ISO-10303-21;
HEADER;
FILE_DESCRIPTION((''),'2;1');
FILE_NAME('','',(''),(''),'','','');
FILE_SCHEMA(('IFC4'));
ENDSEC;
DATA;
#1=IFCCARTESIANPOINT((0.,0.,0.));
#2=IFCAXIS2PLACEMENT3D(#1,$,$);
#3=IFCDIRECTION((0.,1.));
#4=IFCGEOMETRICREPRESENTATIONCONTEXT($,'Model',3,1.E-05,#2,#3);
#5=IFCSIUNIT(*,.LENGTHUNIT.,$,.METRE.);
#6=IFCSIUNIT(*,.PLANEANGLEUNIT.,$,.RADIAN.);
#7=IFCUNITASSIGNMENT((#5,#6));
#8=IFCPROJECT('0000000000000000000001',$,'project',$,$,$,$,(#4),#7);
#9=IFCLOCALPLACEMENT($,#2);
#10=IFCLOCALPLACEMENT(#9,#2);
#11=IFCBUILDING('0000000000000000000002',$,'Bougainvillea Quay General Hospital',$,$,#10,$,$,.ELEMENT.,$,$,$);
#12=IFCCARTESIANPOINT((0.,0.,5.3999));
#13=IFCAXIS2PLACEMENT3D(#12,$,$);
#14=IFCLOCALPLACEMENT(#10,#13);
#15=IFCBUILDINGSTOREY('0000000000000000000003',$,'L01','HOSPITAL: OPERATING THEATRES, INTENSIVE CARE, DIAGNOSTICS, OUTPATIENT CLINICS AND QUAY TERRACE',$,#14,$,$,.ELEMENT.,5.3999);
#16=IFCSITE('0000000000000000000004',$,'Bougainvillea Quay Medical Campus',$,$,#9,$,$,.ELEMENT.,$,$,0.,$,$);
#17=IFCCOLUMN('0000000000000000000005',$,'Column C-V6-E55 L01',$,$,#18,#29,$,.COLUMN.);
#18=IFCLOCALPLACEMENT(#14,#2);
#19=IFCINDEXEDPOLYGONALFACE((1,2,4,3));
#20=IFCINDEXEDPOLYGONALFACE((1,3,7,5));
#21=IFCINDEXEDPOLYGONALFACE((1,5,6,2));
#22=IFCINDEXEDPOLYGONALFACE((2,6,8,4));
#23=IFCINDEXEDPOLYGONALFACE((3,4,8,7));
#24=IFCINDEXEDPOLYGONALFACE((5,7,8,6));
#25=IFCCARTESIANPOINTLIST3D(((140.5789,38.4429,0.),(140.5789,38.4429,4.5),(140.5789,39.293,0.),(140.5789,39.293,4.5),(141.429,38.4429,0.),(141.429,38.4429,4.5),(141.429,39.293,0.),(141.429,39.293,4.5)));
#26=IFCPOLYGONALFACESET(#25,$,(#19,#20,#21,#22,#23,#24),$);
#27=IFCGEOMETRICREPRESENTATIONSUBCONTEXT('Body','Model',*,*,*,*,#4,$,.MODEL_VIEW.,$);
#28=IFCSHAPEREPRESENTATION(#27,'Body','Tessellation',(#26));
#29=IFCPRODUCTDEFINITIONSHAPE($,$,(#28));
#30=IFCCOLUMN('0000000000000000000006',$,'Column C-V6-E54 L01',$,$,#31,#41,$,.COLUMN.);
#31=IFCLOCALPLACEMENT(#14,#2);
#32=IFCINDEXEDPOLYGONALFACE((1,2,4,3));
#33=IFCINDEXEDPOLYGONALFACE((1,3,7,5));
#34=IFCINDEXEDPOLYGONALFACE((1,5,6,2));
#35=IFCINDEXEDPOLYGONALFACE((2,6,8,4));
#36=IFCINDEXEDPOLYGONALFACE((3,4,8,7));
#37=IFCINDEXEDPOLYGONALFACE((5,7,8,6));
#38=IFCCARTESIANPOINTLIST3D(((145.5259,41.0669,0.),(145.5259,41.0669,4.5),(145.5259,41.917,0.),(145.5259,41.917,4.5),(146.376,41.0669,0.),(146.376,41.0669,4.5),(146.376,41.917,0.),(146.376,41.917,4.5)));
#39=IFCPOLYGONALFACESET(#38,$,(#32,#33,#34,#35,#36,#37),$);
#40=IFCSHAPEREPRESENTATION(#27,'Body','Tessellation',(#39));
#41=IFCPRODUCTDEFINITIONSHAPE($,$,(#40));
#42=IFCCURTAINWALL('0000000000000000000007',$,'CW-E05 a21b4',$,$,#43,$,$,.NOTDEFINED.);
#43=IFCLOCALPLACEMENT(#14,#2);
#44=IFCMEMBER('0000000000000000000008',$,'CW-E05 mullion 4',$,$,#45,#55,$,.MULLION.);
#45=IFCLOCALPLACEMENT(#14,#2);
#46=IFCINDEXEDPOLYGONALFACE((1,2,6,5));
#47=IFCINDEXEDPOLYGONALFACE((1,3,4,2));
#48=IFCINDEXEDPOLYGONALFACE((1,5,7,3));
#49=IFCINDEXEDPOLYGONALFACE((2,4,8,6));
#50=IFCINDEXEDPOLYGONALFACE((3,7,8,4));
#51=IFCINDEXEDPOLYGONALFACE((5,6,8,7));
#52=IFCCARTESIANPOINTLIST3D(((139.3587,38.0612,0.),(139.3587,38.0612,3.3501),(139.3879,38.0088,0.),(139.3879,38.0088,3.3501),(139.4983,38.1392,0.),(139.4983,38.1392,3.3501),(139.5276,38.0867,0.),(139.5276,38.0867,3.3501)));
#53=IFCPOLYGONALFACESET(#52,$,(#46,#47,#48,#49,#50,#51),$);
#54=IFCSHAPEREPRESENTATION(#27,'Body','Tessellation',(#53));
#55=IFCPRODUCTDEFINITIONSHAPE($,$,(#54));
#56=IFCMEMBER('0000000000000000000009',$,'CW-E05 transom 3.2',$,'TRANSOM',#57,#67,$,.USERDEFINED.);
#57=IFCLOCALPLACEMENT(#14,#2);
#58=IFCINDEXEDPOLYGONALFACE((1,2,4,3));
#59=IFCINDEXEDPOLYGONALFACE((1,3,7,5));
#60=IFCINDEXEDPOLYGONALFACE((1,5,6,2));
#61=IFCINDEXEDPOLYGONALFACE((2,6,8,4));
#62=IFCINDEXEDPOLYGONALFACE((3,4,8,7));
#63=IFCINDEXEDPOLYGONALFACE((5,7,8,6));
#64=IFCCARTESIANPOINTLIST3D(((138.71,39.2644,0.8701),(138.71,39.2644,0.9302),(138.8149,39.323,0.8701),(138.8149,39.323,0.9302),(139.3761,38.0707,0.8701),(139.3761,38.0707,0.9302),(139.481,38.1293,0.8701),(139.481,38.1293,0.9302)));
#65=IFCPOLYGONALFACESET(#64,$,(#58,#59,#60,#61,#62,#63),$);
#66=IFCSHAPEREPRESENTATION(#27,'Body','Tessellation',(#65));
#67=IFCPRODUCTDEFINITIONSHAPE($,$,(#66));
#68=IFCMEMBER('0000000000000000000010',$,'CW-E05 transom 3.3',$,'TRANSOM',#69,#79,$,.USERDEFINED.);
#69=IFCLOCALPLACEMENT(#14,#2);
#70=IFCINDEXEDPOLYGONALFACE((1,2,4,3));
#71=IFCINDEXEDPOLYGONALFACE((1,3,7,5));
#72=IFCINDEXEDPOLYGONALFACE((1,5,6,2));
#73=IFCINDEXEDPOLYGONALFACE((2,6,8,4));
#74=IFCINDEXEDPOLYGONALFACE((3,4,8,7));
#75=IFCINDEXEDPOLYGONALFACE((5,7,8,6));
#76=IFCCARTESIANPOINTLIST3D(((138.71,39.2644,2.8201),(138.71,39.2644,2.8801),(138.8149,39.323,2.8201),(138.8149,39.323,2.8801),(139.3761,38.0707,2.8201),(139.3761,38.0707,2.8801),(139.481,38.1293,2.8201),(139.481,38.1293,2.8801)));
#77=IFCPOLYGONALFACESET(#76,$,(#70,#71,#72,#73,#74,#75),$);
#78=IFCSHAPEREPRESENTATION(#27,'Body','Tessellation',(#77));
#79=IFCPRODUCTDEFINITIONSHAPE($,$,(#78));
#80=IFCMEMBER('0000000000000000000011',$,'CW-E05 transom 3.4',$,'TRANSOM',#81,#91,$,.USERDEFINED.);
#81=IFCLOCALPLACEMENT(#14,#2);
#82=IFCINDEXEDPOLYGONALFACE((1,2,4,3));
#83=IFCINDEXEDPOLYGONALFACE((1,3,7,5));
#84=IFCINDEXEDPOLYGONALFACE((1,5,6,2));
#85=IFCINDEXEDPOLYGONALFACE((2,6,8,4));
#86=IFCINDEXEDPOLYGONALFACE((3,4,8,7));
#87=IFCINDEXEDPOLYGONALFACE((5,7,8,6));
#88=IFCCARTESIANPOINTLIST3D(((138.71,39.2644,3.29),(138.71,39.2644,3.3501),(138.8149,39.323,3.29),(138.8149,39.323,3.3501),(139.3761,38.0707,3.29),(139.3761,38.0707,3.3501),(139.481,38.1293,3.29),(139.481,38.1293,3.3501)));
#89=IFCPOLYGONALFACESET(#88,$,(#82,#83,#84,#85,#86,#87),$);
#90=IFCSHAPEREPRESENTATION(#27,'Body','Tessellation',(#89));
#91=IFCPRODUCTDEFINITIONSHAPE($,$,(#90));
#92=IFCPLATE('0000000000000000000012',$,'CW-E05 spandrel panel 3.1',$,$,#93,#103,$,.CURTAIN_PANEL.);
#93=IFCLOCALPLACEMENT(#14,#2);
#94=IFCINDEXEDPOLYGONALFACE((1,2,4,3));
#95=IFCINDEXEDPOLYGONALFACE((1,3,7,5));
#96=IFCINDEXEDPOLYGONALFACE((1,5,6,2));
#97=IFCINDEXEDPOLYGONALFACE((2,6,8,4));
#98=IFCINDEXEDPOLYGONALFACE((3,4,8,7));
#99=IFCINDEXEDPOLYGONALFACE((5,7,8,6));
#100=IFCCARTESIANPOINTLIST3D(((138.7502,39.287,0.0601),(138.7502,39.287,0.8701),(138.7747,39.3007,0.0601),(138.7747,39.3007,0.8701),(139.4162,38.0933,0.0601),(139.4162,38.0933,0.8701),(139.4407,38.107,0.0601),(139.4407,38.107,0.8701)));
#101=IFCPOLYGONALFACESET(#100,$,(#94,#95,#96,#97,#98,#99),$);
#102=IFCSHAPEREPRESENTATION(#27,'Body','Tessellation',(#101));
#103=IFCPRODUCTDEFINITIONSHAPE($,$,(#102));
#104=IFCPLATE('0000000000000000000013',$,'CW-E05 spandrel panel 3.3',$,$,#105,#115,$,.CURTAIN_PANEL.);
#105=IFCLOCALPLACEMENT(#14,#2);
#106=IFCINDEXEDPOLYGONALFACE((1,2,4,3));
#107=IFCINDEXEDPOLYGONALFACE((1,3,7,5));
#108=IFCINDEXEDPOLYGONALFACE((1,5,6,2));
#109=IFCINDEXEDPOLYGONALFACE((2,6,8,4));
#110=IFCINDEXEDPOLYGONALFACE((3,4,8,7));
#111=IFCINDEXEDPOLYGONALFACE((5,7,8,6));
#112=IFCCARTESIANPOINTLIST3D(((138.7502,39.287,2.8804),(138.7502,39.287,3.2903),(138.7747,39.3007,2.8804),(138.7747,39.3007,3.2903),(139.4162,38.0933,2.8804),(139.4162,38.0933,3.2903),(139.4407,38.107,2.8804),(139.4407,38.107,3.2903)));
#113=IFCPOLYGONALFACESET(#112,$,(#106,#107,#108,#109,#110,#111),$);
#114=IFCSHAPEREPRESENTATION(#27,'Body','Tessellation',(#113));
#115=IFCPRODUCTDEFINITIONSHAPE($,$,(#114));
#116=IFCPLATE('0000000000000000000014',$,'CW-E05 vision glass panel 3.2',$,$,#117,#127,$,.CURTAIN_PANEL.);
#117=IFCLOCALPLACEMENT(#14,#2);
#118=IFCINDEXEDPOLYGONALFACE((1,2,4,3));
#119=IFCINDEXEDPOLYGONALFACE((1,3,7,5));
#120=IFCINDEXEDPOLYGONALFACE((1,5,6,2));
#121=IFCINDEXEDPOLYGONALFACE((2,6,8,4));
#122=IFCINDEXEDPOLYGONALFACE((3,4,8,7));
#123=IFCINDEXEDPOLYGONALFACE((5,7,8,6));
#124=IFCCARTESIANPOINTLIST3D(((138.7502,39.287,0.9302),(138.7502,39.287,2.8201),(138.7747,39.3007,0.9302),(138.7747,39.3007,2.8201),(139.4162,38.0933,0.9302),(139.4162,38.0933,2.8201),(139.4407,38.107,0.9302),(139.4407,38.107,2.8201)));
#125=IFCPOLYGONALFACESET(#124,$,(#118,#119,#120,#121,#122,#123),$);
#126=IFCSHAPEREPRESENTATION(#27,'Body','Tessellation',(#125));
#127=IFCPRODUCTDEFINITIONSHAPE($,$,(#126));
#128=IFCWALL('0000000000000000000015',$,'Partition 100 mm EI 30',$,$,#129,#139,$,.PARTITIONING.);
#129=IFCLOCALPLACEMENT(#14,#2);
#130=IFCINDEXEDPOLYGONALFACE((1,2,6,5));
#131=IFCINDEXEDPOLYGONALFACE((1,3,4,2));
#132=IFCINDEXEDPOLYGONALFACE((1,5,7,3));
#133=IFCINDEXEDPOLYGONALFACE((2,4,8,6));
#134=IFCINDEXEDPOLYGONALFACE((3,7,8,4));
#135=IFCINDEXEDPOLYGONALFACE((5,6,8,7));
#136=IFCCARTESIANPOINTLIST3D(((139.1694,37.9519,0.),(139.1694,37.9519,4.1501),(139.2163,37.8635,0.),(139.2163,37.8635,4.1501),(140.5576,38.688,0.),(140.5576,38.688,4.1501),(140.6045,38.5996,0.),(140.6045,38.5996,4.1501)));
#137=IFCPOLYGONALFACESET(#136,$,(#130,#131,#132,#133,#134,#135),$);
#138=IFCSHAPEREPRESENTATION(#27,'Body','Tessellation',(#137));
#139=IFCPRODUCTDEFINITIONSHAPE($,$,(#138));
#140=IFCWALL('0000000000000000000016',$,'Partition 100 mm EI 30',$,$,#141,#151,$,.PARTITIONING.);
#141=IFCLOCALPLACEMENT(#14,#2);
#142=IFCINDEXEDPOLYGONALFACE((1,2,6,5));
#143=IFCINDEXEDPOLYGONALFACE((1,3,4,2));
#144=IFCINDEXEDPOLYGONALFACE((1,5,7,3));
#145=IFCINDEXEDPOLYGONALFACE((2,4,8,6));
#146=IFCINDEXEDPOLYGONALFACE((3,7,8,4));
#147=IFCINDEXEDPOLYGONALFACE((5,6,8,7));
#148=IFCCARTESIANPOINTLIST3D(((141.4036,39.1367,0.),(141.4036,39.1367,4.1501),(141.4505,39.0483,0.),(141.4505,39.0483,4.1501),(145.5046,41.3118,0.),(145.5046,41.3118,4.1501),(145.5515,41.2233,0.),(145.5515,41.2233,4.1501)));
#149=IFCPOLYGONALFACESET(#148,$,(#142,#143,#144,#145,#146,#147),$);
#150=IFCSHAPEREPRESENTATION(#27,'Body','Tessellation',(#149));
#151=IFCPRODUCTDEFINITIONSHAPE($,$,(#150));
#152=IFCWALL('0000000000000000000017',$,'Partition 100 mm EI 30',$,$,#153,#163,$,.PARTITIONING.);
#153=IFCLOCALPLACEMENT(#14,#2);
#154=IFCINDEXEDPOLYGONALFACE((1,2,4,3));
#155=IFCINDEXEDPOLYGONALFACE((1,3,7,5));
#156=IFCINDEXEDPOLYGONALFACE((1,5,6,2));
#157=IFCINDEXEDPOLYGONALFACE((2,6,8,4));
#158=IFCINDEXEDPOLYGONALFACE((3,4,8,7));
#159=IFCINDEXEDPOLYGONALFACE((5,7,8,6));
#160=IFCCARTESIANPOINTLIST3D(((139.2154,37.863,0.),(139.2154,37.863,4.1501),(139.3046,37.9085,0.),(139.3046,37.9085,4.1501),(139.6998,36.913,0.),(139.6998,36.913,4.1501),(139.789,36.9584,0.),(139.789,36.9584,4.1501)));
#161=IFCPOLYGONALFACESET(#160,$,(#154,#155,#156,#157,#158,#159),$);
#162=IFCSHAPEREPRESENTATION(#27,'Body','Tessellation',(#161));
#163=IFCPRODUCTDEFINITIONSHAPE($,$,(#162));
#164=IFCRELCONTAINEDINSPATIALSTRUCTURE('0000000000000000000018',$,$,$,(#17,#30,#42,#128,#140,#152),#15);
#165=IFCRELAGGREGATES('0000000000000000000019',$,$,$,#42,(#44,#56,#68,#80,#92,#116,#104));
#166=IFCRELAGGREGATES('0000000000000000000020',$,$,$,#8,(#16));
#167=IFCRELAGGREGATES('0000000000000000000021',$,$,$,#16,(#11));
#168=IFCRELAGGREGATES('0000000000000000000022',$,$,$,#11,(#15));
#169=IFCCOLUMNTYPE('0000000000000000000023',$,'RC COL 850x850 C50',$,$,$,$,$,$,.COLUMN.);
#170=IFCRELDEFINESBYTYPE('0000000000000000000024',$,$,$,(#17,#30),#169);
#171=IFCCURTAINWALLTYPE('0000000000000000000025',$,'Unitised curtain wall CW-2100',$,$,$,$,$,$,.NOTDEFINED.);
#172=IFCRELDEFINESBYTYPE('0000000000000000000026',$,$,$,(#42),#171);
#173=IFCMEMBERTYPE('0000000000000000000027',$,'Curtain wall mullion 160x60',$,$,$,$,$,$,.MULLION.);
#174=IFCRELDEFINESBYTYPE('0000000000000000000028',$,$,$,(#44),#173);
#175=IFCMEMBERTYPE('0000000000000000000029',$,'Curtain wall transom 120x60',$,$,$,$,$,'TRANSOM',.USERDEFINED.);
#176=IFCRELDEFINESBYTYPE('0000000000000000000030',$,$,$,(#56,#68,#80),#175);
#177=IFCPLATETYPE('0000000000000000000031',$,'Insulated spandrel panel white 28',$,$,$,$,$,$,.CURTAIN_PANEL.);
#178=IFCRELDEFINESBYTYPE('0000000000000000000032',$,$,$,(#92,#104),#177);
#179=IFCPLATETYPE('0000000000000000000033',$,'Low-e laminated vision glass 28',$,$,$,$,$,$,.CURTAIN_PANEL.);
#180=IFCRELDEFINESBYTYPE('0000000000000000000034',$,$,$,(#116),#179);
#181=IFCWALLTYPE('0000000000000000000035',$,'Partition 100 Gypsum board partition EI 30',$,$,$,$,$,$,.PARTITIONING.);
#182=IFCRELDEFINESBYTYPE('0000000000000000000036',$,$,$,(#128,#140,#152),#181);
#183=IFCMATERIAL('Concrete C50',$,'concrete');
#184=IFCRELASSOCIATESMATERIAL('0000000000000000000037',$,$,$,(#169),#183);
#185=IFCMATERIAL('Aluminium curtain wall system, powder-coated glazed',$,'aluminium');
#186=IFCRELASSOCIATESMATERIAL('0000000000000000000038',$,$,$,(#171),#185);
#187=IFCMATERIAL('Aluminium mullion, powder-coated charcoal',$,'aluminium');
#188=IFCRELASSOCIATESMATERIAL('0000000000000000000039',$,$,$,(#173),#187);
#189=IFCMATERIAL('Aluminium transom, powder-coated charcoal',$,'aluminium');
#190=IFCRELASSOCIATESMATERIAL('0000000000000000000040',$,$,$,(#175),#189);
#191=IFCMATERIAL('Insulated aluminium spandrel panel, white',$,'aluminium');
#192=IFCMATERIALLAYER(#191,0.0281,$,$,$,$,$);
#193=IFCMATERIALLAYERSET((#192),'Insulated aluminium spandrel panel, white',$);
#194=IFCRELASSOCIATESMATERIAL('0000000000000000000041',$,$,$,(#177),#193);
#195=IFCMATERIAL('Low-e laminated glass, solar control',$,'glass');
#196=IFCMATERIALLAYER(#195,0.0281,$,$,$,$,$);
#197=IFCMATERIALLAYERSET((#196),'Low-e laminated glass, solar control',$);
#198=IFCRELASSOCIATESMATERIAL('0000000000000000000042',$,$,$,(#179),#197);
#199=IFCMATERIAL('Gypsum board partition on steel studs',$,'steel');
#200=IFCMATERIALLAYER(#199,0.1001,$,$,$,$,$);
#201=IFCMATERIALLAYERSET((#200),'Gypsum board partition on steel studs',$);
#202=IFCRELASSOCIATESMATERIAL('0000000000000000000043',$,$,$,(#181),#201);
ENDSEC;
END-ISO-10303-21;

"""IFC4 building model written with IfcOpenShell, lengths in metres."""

from ifc_helpers import new_model, si_unit, direction, frame, frame_2d, origin, origin_2d, place, context, subcontext, project, spatial, rectangle, extrude, material, layer, layer_set, material_profile, profile_set, type_object, element, aggregate, save


model = new_model("IFC4")

# Units and contexts
model_context = context("Model", 3, precision=1e-05, world=origin(), true_north=direction((0.0, 1.0)))
body_context = subcontext(model_context, "Body", "Model", "MODEL_VIEW")
ifc_project = project(units=[si_unit("LENGTHUNIT", "METRE"), si_unit("PLANEANGLEUNIT", "RADIAN")], contexts=[model_context])

# Site, building, storey
site_placement = place(None, origin())
site = spatial("IfcSite", under=ifc_project, at=site_placement, Name="Bougainvillea Quay Medical Campus", CompositionType="ELEMENT", RefElevation=0.0)
building_placement = place(site_placement, origin())
building = spatial("IfcBuilding", under=site, at=building_placement, Name="Bougainvillea Quay General Hospital", CompositionType="ELEMENT")
storey_placement = place(building_placement, frame((0.0, 0.0, 5.3999)))
storey = spatial("IfcBuildingStorey", under=building, at=storey_placement, Name="L01", Description="HOSPITAL: OPERATING THEATRES, INTENSIVE CARE, DIAGNOSTICS, OUTPATIENT CLINICS AND QUAY TERRACE", CompositionType="ELEMENT", Elevation=5.3999)

# Columns
ifc_material_1 = material(Name="Concrete C50", Category="concrete")
ifc_material_profile_1 = material_profile(ifc_material_1, rectangle(XDim=0.8501, YDim=0.8501, at=origin_2d()))
ifc_profile_set_1 = profile_set([ifc_material_profile_1], Name="Concrete C50")
column_type = type_object("IfcColumnType", Name="RC COL 850x850 C50", PredefinedType="COLUMN", material=ifc_profile_set_1)
for number, where, z_axis, x_axis, name in (
    (1, (141.0039, 38.8679, 0.0), (0.0, 0.0, 1.0), (1.0, 0.0, 0.0), "Column C-V6-E55 L01"),
    (2, (145.9509, 41.4919, 0.0), (0.0, 0.0, 1.0), (1.0, 0.0, 0.0), "Column C-V6-E54 L01"),
):
    element("IfcColumn", number, at=place(storey_placement, frame(where, z_axis=z_axis, x_axis=x_axis)), inside=storey, type_object=column_type, Name=name, PredefinedType="COLUMN", context=body_context, shape_type="SweptSolid", body=[
        extrude(rectangle(XDim=0.8501, YDim=0.8501, at=origin_2d()), origin(), (0.0, 0.0, 1.0), 4.5),
    ])

# Curtain wall, members, plates
ifc_material_2 = material(Name="Aluminium curtain wall system, powder-coated glazed", Category="aluminium")
curtain_wall_type = type_object("IfcCurtainWallType", Name="Unitised curtain wall CW-2100", PredefinedType="NOTDEFINED", material=ifc_material_2)
curtain_wall_placement = place(storey_placement, origin())
curtain_wall = element("IfcCurtainWall", 3, at=curtain_wall_placement, inside=storey, type_object=curtain_wall_type, Name="CW-E05 a21b4", PredefinedType="NOTDEFINED")
ifc_material_3 = material(Name="Aluminium mullion, powder-coated charcoal", Category="aluminium")
ifc_material_profile_2 = material_profile(ifc_material_3, rectangle(XDim=0.1599, YDim=0.0601, at=origin_2d()))
ifc_profile_set_2 = profile_set([ifc_material_profile_2], Name="Aluminium mullion, powder-coated charcoal")
member_type_1 = type_object("IfcMemberType", Name="Curtain wall mullion 160x60", PredefinedType="MULLION", material=ifc_profile_set_2)
member_1_placement = place(storey_placement, frame((139.4431, 38.074, 0.0), z_axis=(0.0, 0.0, 1.0), x_axis=(0.873274, 0.48723, 0.0)))
member_1 = element("IfcMember", 4, at=member_1_placement, type_object=member_type_1, Name="CW-E05 mullion 4", PredefinedType="MULLION", context=body_context, shape_type="SweptSolid", body=[
    extrude(rectangle(XDim=0.1599, YDim=0.0601, at=origin_2d()), origin(), (0.0, 0.0, 1.0), 3.3501),
])
ifc_material_4 = material(Name="Aluminium transom, powder-coated charcoal", Category="aluminium")
ifc_material_profile_3 = material_profile(ifc_material_4, rectangle(XDim=0.1201, YDim=0.0601, at=origin_2d()))
ifc_profile_set_3 = profile_set([ifc_material_profile_3], Name="Aluminium transom, powder-coated charcoal")
member_type_2 = type_object("IfcMemberType", Name="Curtain wall transom 120x60", ElementType="TRANSOM", PredefinedType="USERDEFINED", material=ifc_profile_set_3)
member_2_placement = place(storey_placement, frame((138.7625, 39.2937, 0.9001), z_axis=(0.487265, -0.873254, 0.0), x_axis=(0.873254, 0.487265, 0.0)))
member_2 = element("IfcMember", 5, at=member_2_placement, type_object=member_type_2, Name="CW-E05 transom 3.2", ObjectType="TRANSOM", PredefinedType="USERDEFINED", context=body_context, shape_type="SweptSolid", body=[
    extrude(rectangle(XDim=0.1201, YDim=0.0601, at=origin_2d()), origin(), (0.0, 0.0, 1.0), 1.3669),
])
member_3_placement = place(storey_placement, frame((138.7625, 39.2937, 2.8501), z_axis=(0.487265, -0.873254, 0.0), x_axis=(0.873254, 0.487265, 0.0)))
member_3 = element("IfcMember", 6, at=member_3_placement, type_object=member_type_2, Name="CW-E05 transom 3.3", ObjectType="TRANSOM", PredefinedType="USERDEFINED", context=body_context, shape_type="SweptSolid", body=[
    extrude(rectangle(XDim=0.1201, YDim=0.0601, at=origin_2d()), origin(), (0.0, 0.0, 1.0), 1.3669),
])
member_4_placement = place(storey_placement, frame((138.7625, 39.2937, 3.3201), z_axis=(0.487265, -0.873254, 0.0), x_axis=(0.873254, 0.487265, 0.0)))
member_4 = element("IfcMember", 7, at=member_4_placement, type_object=member_type_2, Name="CW-E05 transom 3.4", ObjectType="TRANSOM", PredefinedType="USERDEFINED", context=body_context, shape_type="SweptSolid", body=[
    extrude(rectangle(XDim=0.1201, YDim=0.0601, at=origin_2d()), origin(), (0.0, 0.0, 1.0), 1.3669),
])
ifc_material_5 = material(Name="Insulated aluminium spandrel panel, white", Category="aluminium")
ifc_layer_1 = layer(ifc_material_5, 0.0281)
ifc_layer_set_1 = layer_set([ifc_layer_1], Name="Insulated aluminium spandrel panel, white")
plate_type_1 = type_object("IfcPlateType", Name="Insulated spandrel panel white 28", PredefinedType="CURTAIN_PANEL", material=ifc_layer_set_1)
plate_1_placement = place(storey_placement, frame((139.0955, 38.697, 0.0601), z_axis=(0.0, 0.0, 1.0), x_axis=(0.48723, -0.873274, 0.0)))
plate_1 = element("IfcPlate", 8, at=plate_1_placement, type_object=plate_type_1, Name="CW-E05 spandrel panel 3.1", PredefinedType="CURTAIN_PANEL", context=body_context, shape_type="SweptSolid", body=[
    extrude(rectangle(XDim=1.3669, YDim=0.0281, at=origin_2d()), origin(), (0.0, 0.0, 1.0), 0.8101),
])
plate_2_placement = place(storey_placement, frame((139.0955, 38.697, 2.8804), z_axis=(0.0, 0.0, 1.0), x_axis=(0.48723, -0.873274, 0.0)))
plate_2 = element("IfcPlate", 9, at=plate_2_placement, type_object=plate_type_1, Name="CW-E05 spandrel panel 3.3", PredefinedType="CURTAIN_PANEL", context=body_context, shape_type="SweptSolid", body=[
    extrude(rectangle(XDim=1.3669, YDim=0.0281, at=origin_2d()), origin(), (0.0, 0.0, 1.0), 0.4099),
])
ifc_material_6 = material(Name="Low-e laminated glass, solar control", Category="glass")
ifc_layer_2 = layer(ifc_material_6, 0.0281)
ifc_layer_set_2 = layer_set([ifc_layer_2], Name="Low-e laminated glass, solar control")
plate_type_2 = type_object("IfcPlateType", Name="Low-e laminated vision glass 28", PredefinedType="CURTAIN_PANEL", material=ifc_layer_set_2)
plate_3_placement = place(storey_placement, frame((139.0955, 38.697, 0.9302), z_axis=(0.0, 0.0, 1.0), x_axis=(0.48723, -0.873274, 0.0)))
plate_3 = element("IfcPlate", 10, at=plate_3_placement, type_object=plate_type_2, Name="CW-E05 vision glass panel 3.2", PredefinedType="CURTAIN_PANEL", context=body_context, shape_type="SweptSolid", body=[
    extrude(rectangle(XDim=1.3669, YDim=0.0281, at=origin_2d()), origin(), (0.0, 0.0, 1.0), 1.8899),
])
aggregate(curtain_wall, [member_1, member_2, member_3, member_4, plate_1, plate_3, plate_2])

# Walls
ifc_material_7 = material(Name="Gypsum board partition on steel studs", Category="steel")
ifc_layer_3 = layer(ifc_material_7, 0.1001)
ifc_layer_set_3 = layer_set([ifc_layer_3], Name="Gypsum board partition on steel studs")
wall_type_1 = type_object("IfcWallType", Name="Partition 100 Gypsum board partition EI 30", PredefinedType="PARTITIONING", material=ifc_layer_set_3)
wall_1_placement = place(storey_placement, frame((139.1929, 37.9077, 0.0), z_axis=(0.0, 0.0, 1.0), x_axis=(0.883482, 0.468466, 0.0)))
element("IfcWall", 11, at=wall_1_placement, inside=storey, type_object=wall_type_1, Name="Partition 100 mm EI 30", PredefinedType="PARTITIONING", context=body_context, shape_type="SweptSolid", body=[
    extrude(rectangle(XDim=1.5713, YDim=0.1001, at=frame_2d((0.7856, 0.0))), origin(), (0.0, 0.0, 1.0), 4.1501),
])
wall_2_placement = place(storey_placement, frame((141.427, 39.0925, 0.0), z_axis=(0.0, 0.0, 1.0), x_axis=(0.883441, 0.468542, 0.0)))
element("IfcWall", 12, at=wall_2_placement, inside=storey, type_object=wall_type_1, Name="Partition 100 mm EI 30", PredefinedType="PARTITIONING", context=body_context, shape_type="SweptSolid", body=[
    extrude(rectangle(XDim=4.6421, YDim=0.1001, at=frame_2d((2.321, 0.0))), origin(), (0.0, 0.0, 1.0), 4.1501),
])
wall_3_placement = place(storey_placement, frame((139.26, 37.8857, 0.0), z_axis=(0.0, 0.0, 1.0), x_axis=(0.454252, -0.890873, 0.0)))
element("IfcWall", 13, at=wall_3_placement, inside=storey, type_object=wall_type_1, Name="Partition 100 mm EI 30", PredefinedType="PARTITIONING", context=body_context, shape_type="SweptSolid", body=[
    extrude(rectangle(XDim=1.0664, YDim=0.1001, at=frame_2d((0.5332, 0.0))), origin(), (0.0, 0.0, 1.0), 4.1501),
])

save(model, "model.ifc")
